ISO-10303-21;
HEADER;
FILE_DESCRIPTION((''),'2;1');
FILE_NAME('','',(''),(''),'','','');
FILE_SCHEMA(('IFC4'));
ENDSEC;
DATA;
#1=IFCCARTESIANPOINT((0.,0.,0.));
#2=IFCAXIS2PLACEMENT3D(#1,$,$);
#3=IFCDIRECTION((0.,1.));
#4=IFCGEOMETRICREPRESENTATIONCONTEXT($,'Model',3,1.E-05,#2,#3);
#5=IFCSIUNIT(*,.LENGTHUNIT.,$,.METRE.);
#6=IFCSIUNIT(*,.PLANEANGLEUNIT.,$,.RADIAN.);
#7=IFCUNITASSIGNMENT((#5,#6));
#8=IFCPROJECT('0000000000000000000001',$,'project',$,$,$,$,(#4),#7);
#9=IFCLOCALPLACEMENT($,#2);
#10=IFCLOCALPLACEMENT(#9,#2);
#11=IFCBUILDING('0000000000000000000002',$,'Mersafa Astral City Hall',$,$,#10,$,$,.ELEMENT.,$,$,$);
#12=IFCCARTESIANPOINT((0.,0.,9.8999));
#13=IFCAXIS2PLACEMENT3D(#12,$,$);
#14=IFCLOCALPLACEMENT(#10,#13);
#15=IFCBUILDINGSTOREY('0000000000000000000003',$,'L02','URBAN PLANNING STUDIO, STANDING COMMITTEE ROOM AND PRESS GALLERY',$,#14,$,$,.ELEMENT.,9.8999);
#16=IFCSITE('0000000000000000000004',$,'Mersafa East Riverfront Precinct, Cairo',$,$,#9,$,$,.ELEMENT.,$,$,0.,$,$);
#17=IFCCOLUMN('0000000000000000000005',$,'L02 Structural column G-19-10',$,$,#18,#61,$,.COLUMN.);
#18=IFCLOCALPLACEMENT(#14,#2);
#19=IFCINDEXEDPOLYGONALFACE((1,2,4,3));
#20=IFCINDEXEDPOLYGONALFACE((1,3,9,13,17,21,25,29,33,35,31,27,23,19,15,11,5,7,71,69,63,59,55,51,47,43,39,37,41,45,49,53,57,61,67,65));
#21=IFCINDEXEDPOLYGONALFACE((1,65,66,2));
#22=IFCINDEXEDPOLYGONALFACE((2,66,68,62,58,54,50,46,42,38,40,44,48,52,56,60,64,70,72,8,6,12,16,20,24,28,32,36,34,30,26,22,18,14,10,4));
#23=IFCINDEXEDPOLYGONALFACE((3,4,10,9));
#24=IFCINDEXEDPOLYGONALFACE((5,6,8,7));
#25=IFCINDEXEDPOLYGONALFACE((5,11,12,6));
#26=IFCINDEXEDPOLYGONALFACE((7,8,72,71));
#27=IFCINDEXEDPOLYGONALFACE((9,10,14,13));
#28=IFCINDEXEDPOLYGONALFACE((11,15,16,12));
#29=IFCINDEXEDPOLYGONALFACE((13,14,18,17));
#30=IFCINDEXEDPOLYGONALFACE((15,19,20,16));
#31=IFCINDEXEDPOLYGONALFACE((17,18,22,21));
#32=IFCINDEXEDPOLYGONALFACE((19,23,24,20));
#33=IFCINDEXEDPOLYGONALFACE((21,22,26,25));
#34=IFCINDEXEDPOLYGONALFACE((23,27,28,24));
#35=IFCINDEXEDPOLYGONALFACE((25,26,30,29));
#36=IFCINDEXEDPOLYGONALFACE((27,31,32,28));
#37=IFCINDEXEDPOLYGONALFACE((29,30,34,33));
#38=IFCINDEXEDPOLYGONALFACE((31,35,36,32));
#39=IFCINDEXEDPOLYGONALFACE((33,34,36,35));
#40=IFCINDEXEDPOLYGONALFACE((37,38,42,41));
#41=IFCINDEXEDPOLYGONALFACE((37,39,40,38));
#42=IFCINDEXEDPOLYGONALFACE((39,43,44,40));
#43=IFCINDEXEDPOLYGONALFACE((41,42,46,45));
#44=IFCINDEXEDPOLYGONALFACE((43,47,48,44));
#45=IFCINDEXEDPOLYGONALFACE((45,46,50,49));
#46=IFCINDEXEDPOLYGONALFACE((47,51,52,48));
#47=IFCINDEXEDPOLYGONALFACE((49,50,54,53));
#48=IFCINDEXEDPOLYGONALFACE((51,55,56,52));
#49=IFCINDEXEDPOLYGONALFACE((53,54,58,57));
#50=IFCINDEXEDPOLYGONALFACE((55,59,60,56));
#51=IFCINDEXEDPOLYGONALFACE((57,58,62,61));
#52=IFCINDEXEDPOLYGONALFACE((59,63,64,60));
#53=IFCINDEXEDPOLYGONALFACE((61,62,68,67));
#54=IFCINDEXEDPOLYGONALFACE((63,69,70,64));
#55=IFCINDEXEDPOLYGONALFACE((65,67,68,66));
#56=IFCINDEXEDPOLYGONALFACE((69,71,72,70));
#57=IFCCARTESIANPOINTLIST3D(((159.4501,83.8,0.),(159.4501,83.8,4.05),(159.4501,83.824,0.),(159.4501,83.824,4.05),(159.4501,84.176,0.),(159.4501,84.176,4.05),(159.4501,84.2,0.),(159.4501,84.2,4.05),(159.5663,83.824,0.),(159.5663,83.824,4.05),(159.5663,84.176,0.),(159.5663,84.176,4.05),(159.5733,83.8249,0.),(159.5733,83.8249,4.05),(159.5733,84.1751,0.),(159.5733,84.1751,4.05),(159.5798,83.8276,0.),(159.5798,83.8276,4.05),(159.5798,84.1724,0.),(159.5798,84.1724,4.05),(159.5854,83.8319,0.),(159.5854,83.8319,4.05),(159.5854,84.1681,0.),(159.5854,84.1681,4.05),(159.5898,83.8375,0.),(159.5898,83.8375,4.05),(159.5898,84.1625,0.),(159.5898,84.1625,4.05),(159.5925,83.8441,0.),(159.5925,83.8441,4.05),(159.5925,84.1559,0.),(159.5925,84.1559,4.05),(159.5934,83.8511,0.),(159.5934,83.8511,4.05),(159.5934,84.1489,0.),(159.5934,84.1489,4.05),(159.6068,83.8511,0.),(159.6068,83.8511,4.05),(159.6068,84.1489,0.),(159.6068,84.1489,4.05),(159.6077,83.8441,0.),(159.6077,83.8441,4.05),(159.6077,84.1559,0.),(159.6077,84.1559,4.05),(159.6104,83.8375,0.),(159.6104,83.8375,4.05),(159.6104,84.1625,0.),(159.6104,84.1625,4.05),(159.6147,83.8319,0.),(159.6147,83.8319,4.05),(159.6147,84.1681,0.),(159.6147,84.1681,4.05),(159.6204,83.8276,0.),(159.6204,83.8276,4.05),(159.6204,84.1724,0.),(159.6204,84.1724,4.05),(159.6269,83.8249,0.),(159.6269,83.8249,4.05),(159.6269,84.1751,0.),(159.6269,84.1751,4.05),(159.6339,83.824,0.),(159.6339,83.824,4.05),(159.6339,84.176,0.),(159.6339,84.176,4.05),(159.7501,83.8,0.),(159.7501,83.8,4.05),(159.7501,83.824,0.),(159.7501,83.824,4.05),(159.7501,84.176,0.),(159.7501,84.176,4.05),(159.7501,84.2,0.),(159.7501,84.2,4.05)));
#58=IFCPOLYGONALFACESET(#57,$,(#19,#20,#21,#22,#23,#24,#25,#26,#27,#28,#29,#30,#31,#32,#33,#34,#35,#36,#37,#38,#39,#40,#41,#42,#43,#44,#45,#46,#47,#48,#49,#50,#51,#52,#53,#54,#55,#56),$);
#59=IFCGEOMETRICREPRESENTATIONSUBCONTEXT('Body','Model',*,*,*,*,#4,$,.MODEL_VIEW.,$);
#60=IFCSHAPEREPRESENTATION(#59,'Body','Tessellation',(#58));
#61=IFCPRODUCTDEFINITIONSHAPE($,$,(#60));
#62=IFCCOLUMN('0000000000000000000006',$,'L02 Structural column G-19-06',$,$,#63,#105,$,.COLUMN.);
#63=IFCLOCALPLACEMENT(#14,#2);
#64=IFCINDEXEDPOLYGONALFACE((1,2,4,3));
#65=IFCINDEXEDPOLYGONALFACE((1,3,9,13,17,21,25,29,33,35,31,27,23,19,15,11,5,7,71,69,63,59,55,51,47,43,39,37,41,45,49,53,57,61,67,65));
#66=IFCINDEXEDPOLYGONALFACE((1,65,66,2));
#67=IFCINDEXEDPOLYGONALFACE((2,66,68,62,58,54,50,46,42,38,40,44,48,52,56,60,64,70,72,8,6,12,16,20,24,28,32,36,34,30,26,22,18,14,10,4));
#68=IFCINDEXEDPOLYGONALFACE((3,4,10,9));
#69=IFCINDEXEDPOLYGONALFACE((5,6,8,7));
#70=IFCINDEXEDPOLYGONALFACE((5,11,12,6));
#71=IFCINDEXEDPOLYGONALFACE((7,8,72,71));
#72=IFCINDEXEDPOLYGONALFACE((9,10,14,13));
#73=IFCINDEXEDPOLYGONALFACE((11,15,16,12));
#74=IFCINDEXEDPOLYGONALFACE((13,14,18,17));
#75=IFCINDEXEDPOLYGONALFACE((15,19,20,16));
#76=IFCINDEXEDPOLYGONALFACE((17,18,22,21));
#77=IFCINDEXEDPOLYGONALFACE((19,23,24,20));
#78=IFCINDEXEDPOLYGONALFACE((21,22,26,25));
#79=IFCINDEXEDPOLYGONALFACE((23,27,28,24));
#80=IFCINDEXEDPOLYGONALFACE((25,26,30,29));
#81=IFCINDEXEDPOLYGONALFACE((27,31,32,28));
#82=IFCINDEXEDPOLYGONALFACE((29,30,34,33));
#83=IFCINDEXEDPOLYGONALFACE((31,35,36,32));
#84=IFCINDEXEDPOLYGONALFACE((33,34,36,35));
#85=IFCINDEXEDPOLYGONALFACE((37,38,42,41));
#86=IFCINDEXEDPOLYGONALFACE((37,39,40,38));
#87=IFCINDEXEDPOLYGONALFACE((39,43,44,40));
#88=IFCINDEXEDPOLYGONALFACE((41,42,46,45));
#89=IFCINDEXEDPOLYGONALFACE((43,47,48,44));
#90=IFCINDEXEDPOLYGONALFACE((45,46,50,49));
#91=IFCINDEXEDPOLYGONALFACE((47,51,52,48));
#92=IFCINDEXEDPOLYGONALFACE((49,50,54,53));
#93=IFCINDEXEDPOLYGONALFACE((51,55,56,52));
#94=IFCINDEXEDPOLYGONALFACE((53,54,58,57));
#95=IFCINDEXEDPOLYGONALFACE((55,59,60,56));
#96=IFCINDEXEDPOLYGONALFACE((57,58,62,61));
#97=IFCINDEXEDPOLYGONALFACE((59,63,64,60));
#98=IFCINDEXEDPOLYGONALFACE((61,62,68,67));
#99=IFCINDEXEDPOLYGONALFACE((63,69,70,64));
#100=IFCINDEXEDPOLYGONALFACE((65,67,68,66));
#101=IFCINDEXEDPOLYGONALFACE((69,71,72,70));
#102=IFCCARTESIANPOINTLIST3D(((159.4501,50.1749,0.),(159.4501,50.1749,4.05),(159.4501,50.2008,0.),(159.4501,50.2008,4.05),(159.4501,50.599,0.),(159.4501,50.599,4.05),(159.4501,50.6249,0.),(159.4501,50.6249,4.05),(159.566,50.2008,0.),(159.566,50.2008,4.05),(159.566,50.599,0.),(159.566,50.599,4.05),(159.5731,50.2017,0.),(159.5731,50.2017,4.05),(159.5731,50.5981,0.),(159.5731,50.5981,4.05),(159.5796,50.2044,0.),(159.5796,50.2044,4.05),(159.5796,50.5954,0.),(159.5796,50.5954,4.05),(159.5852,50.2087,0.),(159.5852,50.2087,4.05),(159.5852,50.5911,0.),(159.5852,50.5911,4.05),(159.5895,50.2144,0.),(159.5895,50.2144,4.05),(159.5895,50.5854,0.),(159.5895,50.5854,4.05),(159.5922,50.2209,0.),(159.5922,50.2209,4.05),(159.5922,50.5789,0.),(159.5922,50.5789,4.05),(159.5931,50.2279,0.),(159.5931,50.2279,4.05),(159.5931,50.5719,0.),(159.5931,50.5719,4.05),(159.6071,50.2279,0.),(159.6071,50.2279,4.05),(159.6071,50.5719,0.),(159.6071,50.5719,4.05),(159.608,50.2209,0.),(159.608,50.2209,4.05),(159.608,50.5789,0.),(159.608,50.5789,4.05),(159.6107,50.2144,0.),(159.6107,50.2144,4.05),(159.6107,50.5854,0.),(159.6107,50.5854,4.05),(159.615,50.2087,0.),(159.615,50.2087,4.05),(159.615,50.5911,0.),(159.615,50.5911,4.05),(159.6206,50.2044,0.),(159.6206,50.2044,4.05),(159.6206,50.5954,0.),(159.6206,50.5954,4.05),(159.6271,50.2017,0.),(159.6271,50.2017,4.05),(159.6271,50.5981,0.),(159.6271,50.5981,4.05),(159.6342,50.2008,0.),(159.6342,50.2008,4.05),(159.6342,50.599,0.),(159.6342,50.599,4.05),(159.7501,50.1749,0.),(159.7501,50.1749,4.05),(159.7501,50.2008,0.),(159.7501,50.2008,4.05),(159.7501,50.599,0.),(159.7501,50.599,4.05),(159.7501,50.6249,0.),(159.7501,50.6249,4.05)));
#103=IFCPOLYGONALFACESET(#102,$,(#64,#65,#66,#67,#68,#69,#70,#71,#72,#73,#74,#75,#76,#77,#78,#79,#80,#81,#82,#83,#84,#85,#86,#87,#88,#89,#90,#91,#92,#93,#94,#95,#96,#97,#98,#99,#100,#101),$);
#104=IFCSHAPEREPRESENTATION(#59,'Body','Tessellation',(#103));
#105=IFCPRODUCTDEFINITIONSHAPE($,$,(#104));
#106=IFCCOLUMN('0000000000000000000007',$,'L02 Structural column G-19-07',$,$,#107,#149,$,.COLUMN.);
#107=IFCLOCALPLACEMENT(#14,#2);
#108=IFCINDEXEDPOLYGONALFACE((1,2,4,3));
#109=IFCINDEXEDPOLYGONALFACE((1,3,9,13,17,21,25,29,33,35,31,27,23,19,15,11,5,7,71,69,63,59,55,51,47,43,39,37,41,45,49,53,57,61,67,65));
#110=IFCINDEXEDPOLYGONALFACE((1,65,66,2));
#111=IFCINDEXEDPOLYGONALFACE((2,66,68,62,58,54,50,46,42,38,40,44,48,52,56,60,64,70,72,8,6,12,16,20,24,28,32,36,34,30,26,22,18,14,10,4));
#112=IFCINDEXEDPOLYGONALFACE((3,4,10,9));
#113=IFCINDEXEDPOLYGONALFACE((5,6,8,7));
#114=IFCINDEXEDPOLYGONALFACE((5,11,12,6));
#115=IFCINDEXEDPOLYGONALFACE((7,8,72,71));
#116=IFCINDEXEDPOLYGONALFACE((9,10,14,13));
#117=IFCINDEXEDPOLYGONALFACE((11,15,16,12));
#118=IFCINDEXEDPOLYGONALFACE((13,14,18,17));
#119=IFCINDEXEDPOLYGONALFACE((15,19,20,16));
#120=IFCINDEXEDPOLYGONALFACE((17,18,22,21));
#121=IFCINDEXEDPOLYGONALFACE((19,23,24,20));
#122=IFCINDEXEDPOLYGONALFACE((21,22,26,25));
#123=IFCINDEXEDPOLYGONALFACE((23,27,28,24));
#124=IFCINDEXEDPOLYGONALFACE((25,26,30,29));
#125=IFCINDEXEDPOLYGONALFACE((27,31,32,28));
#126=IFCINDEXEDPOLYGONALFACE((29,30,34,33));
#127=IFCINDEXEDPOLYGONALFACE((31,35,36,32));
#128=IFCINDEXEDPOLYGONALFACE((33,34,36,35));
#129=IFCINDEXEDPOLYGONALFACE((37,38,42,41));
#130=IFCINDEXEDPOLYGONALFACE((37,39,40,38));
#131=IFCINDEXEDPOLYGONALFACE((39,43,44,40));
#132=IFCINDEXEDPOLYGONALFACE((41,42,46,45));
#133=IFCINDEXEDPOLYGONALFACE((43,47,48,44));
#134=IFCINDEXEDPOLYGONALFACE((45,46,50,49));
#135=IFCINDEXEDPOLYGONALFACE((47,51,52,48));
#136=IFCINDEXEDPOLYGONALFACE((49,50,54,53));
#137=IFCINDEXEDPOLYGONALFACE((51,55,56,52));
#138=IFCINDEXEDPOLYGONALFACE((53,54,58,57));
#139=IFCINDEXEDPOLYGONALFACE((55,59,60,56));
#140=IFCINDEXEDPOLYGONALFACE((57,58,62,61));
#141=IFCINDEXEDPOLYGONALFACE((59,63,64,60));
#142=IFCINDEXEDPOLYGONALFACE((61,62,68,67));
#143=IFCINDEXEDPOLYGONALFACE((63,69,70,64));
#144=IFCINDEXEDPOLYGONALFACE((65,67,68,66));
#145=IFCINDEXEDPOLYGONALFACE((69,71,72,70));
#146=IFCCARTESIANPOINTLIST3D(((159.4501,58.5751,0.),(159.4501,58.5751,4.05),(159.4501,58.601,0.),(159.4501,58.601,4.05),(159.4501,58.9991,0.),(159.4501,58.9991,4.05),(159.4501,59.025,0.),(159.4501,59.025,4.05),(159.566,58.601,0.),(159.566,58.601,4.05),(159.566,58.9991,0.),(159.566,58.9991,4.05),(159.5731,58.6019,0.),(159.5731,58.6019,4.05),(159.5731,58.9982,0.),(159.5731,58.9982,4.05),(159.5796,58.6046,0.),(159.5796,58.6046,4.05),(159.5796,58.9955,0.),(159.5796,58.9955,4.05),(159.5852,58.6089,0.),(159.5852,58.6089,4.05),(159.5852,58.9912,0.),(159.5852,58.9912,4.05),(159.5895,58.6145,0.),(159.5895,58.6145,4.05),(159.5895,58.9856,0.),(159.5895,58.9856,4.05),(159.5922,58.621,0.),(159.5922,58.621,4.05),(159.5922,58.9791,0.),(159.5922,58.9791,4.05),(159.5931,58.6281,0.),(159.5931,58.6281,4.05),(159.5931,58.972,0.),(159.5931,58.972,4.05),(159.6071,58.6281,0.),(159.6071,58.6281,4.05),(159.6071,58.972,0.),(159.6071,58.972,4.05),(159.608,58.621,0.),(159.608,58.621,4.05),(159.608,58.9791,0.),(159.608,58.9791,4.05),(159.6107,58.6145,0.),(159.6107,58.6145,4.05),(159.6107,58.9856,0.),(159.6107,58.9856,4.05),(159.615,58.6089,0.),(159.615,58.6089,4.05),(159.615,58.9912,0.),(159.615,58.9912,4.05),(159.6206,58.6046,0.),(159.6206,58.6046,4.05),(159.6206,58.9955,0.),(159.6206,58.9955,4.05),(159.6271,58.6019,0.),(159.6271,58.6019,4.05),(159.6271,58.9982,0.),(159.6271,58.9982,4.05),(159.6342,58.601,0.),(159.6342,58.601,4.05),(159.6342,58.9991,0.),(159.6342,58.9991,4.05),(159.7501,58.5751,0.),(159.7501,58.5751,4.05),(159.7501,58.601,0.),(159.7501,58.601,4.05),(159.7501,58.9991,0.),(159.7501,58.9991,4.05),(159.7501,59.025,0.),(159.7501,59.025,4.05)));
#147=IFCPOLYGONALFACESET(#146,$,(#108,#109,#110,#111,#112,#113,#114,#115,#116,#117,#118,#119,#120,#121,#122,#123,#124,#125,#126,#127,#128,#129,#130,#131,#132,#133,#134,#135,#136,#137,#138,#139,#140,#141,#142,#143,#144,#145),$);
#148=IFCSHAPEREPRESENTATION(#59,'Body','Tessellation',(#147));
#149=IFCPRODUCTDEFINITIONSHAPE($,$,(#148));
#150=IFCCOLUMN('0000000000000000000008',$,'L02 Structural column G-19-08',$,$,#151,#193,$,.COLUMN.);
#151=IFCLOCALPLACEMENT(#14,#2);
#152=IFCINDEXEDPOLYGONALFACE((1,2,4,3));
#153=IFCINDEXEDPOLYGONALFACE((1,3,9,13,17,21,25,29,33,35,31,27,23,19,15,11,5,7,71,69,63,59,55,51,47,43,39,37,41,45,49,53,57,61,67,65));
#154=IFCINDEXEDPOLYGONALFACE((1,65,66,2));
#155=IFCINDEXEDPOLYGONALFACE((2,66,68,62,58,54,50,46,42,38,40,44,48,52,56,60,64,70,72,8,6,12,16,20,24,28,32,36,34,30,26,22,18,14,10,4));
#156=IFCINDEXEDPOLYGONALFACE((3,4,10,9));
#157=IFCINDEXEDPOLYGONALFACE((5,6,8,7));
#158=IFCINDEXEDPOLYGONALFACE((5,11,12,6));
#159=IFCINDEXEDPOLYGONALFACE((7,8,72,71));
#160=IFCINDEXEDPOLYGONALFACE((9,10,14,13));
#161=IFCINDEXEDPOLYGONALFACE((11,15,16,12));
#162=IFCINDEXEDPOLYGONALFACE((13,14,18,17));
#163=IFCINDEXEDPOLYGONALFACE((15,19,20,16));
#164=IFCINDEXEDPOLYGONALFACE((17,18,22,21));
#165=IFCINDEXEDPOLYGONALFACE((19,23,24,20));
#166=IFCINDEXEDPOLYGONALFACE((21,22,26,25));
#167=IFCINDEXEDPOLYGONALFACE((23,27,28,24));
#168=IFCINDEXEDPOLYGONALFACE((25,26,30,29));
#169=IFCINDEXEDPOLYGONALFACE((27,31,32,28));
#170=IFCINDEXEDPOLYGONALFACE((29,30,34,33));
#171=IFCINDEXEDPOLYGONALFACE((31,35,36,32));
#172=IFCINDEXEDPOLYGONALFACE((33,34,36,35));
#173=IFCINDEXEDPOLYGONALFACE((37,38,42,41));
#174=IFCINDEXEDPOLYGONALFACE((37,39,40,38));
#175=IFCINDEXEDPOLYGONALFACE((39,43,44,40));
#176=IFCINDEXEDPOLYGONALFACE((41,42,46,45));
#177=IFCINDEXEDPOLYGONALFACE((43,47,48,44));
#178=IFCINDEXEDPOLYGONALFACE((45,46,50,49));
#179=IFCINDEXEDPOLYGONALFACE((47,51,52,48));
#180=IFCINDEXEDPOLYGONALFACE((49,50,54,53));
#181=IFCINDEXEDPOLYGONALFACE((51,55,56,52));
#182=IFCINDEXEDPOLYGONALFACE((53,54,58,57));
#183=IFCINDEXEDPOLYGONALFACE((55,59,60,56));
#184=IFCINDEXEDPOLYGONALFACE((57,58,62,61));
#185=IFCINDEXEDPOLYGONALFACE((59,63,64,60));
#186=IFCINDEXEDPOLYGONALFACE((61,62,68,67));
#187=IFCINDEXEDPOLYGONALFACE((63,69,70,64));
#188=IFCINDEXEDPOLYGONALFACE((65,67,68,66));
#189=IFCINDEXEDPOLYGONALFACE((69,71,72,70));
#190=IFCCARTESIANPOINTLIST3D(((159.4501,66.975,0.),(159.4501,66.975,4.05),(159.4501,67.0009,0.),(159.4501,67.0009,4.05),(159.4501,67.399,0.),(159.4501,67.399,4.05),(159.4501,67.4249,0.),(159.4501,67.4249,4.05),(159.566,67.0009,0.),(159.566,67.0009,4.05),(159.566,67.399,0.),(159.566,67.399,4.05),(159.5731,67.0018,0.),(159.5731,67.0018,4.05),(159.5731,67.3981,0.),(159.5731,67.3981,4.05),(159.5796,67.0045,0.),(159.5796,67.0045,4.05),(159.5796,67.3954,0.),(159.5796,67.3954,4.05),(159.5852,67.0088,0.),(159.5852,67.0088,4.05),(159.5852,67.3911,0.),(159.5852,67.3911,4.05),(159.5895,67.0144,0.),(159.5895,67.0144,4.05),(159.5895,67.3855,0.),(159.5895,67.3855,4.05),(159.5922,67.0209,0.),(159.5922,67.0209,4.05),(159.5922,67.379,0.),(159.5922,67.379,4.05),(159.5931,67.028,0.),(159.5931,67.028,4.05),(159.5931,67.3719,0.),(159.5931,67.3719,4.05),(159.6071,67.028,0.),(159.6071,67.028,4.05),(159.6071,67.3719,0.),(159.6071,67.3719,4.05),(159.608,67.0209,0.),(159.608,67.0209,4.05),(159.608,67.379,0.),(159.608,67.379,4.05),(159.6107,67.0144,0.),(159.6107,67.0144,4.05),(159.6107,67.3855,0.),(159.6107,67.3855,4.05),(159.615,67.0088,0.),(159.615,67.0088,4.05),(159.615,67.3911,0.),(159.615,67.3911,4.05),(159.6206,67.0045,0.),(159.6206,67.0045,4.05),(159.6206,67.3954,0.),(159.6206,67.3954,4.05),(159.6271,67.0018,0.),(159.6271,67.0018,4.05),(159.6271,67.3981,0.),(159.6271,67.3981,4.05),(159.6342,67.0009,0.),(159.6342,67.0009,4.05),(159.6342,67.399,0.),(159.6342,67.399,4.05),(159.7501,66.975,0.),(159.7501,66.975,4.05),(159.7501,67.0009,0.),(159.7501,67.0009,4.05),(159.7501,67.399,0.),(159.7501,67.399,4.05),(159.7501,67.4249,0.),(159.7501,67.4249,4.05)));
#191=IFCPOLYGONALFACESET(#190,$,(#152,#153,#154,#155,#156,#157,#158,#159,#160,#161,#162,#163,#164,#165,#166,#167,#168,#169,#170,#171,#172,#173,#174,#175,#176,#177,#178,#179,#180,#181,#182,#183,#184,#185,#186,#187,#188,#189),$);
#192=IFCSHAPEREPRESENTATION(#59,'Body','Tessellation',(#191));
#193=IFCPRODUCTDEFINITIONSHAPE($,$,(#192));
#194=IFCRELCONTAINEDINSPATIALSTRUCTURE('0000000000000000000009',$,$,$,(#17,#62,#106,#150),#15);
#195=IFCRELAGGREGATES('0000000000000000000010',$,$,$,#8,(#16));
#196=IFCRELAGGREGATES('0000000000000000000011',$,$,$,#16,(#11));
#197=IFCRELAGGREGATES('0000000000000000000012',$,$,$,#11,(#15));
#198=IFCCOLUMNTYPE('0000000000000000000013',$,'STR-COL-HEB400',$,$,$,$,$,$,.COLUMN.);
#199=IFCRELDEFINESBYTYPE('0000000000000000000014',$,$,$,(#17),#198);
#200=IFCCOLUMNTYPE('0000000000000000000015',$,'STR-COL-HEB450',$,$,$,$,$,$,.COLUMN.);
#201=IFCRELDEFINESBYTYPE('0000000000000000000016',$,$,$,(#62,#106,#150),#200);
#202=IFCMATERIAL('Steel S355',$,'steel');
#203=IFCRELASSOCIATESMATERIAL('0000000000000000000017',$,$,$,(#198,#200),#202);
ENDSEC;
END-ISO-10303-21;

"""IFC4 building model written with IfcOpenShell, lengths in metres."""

from ifc_helpers import new_model, si_unit, direction, frame, origin, origin_2d, place, context, subcontext, project, spatial, i_section, extrude, material, material_profile, profile_set, type_object, element, save


model = new_model("IFC4")

# Units and contexts
model_context = context("Model", 3, precision=1e-05, world=origin(), true_north=direction((0.0, 1.0)))
body_context = subcontext(model_context, "Body", "Model", "MODEL_VIEW")
ifc_project = project(units=[si_unit("LENGTHUNIT", "METRE"), si_unit("PLANEANGLEUNIT", "RADIAN")], contexts=[model_context])

# Site, building, storey
site_placement = place(None, origin())
site = spatial("IfcSite", under=ifc_project, at=site_placement, Name="Mersafa East Riverfront Precinct, Cairo", CompositionType="ELEMENT", RefElevation=0.0)
building_placement = place(site_placement, origin())
building = spatial("IfcBuilding", under=site, at=building_placement, Name="Mersafa Astral City Hall", CompositionType="ELEMENT")
storey_placement = place(building_placement, frame((0.0, 0.0, 9.8999)))
storey = spatial("IfcBuildingStorey", under=building, at=storey_placement, Name="L02", Description="URBAN PLANNING STUDIO, STANDING COMMITTEE ROOM AND PRESS GALLERY", CompositionType="ELEMENT", Elevation=9.8999)

# Columns
ifc_material_1 = material(Name="Steel S355", Category="steel")
ifc_material_profile_1 = material_profile(ifc_material_1, i_section(OverallWidth=0.3, OverallDepth=0.3999, WebThickness=0.0134, FlangeThickness=0.0239, FilletRadius=0.0271, at=origin_2d()), Name="HEB 400")
ifc_profile_set_1 = profile_set([ifc_material_profile_1], Name="Steel S355")
column_type_1 = type_object("IfcColumnType", Name="STR-COL-HEB400", PredefinedType="COLUMN", material=ifc_profile_set_1)
column_placement = place(storey_placement, frame((159.6001, 84.0, 0.0), z_axis=(0.0, 0.0, 1.0), x_axis=(1.0, 0.0, 0.0)))
element("IfcColumn", 1, at=column_placement, inside=storey, type_object=column_type_1, Name="L02 Structural column G-19-10", PredefinedType="COLUMN", context=body_context, shape_type="SweptSolid", body=[
    extrude(i_section(OverallWidth=0.3, OverallDepth=0.3999, WebThickness=0.0134, FlangeThickness=0.0239, FilletRadius=0.0271, at=origin_2d()), origin(), (0.0, 0.0, 1.0), 4.05),
])
ifc_material_profile_2 = material_profile(ifc_material_1, i_section(OverallWidth=0.3, OverallDepth=0.45, WebThickness=0.0139, FlangeThickness=0.0259, FilletRadius=0.0271, at=origin_2d()), Name="HEB 450")
ifc_profile_set_2 = profile_set([ifc_material_profile_2], Name="Steel S355")
column_type_2 = type_object("IfcColumnType", Name="STR-COL-HEB450", PredefinedType="COLUMN", material=ifc_profile_set_2)
for number, where, z_axis, x_axis, name in (
    (2, (159.6001, 50.3999, 0.0), (0.0, 0.0, 1.0), (1.0, 0.0, 0.0), "L02 Structural column G-19-06"),
    (3, (159.6001, 58.8, 0.0), (0.0, 0.0, 1.0), (1.0, 0.0, 0.0), "L02 Structural column G-19-07"),
    (4, (159.6001, 67.2, 0.0), (0.0, 0.0, 1.0), (1.0, 0.0, 0.0), "L02 Structural column G-19-08"),
):
    element("IfcColumn", number, at=place(storey_placement, frame(where, z_axis=z_axis, x_axis=x_axis)), inside=storey, type_object=column_type_2, Name=name, PredefinedType="COLUMN", context=body_context, shape_type="SweptSolid", body=[
        extrude(i_section(OverallWidth=0.3, OverallDepth=0.45, WebThickness=0.0139, FlangeThickness=0.0259, FilletRadius=0.0271, at=origin_2d()), origin(), (0.0, 0.0, 1.0), 4.05),
    ])

save(model, "model.ifc")
